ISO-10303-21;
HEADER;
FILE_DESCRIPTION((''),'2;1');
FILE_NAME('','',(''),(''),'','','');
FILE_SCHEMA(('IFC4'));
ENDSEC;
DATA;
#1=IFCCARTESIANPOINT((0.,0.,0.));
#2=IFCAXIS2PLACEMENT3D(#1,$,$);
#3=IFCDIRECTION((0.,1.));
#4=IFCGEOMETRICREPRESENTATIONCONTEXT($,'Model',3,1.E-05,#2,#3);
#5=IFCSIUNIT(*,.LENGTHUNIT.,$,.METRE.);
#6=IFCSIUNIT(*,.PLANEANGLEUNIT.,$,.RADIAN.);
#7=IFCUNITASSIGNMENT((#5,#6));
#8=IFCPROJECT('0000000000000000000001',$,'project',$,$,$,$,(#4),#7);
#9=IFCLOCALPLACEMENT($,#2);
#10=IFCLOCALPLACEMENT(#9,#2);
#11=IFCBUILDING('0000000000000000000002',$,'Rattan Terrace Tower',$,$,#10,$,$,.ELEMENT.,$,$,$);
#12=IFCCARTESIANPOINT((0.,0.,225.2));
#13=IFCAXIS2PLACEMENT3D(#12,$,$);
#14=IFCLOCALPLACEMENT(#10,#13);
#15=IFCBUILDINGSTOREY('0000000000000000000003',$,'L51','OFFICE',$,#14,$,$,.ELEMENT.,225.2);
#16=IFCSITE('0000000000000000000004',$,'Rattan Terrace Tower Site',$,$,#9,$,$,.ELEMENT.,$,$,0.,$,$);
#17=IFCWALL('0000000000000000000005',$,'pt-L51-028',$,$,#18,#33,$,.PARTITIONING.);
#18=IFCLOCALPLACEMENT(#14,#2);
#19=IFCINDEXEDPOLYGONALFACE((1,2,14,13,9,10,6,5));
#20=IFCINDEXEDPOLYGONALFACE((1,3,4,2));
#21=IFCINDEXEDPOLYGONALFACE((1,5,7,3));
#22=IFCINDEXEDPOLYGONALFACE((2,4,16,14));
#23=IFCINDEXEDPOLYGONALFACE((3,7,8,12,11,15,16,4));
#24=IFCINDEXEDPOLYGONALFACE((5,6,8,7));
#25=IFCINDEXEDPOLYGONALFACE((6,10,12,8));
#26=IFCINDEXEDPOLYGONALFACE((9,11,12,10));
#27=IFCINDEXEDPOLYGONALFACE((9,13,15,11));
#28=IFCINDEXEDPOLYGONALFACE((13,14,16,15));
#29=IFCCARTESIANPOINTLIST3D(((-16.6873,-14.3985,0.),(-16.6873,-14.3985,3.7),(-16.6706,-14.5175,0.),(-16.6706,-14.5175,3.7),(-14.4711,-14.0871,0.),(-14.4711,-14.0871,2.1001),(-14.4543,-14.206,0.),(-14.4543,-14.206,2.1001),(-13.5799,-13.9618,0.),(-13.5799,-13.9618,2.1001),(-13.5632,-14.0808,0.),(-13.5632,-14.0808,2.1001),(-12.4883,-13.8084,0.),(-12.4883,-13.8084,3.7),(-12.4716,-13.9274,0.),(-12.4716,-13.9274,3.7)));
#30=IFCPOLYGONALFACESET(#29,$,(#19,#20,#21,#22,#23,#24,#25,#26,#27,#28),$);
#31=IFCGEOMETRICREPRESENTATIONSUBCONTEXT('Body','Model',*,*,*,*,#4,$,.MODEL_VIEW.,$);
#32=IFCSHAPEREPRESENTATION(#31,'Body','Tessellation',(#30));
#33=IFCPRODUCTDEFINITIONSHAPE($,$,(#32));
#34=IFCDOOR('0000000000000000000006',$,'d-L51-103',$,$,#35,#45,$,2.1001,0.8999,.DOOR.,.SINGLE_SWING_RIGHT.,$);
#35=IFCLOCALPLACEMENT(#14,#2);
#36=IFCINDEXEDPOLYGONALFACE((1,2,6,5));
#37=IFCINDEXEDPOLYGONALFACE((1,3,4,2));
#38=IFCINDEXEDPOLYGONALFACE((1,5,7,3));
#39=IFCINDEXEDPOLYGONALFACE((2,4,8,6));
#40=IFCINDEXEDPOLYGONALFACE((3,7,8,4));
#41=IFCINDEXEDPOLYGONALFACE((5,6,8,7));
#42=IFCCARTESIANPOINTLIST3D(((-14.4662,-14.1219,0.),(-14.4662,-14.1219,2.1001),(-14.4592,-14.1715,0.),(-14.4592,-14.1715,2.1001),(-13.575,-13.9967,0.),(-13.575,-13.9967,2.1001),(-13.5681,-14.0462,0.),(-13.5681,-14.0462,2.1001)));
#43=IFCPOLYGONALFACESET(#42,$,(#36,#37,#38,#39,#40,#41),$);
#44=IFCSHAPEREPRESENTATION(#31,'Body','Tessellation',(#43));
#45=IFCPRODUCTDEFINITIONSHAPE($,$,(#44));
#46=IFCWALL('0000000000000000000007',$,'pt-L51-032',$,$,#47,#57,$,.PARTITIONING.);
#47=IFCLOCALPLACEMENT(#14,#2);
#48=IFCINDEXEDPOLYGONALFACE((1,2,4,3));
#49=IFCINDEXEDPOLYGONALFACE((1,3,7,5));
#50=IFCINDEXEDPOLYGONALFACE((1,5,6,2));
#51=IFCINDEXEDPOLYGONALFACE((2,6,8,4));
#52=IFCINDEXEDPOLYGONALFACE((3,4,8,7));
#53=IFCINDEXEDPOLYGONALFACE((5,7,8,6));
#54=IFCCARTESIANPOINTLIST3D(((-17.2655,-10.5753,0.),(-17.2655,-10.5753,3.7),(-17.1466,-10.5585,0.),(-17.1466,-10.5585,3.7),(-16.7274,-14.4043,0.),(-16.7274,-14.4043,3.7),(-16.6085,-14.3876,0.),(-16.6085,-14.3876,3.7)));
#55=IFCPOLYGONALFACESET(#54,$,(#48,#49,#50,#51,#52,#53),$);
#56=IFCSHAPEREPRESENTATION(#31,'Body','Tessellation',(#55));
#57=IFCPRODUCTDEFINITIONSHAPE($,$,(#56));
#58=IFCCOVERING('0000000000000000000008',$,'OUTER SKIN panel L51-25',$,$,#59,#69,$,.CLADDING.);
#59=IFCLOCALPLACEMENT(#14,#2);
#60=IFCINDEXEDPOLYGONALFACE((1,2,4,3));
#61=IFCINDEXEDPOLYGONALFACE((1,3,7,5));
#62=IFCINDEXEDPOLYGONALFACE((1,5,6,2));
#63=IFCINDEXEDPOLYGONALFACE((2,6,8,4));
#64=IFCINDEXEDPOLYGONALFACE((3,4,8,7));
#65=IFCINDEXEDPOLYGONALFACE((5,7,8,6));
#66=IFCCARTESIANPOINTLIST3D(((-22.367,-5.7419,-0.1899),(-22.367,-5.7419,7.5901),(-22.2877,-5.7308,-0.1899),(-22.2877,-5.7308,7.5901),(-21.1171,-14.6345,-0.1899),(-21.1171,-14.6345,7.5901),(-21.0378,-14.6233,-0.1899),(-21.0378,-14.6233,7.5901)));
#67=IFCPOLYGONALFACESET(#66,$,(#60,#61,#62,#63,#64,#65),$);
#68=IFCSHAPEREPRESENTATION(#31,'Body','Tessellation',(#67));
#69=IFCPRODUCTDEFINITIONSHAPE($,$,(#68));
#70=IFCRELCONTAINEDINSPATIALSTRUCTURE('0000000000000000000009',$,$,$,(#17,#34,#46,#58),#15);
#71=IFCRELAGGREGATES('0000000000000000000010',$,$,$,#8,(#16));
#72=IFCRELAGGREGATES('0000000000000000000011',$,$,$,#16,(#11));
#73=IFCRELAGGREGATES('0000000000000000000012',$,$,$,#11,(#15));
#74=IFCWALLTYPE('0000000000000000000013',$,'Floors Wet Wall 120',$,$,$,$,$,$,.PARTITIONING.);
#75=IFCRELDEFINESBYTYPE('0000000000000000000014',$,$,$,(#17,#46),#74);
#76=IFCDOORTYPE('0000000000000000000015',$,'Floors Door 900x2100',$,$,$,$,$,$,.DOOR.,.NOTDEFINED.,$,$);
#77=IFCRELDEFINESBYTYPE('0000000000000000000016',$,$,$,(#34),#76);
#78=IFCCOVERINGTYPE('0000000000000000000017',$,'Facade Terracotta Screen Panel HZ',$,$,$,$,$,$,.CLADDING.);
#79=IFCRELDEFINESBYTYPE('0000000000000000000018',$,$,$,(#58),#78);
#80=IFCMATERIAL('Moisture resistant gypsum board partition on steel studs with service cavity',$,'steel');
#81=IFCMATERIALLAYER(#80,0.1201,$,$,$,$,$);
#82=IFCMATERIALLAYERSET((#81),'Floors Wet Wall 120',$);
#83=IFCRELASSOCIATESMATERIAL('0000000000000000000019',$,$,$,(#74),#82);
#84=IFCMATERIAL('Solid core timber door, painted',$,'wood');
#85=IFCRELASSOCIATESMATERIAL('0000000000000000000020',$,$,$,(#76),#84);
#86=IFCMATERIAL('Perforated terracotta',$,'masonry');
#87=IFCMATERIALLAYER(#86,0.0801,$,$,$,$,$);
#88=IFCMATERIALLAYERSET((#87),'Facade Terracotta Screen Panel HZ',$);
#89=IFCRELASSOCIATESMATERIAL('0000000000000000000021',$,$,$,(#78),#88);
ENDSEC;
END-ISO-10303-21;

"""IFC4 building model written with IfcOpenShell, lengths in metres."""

from ifc_helpers import new_model, si_unit, direction, frame, frame_2d, origin, origin_2d, place, context, subcontext, project, spatial, rectangle, extrude, material, layer, layer_set, type_object, element, fill, save


model = new_model("IFC4")

# Units and contexts
model_context = context("Model", 3, precision=1e-05, world=origin(), true_north=direction((0.0, 1.0)))
body_context = subcontext(model_context, "Body", "Model", "MODEL_VIEW")
ifc_project = project(units=[si_unit("LENGTHUNIT", "METRE"), si_unit("PLANEANGLEUNIT", "RADIAN")], contexts=[model_context])

# Site, building, storey
site_placement = place(None, origin())
site = spatial("IfcSite", under=ifc_project, at=site_placement, Name="Rattan Terrace Tower Site", CompositionType="ELEMENT", RefElevation=0.0)
building_placement = place(site_placement, origin())
building = spatial("IfcBuilding", under=site, at=building_placement, Name="Rattan Terrace Tower", CompositionType="ELEMENT")
storey_placement = place(building_placement, frame((0.0, 0.0, 225.2)))
storey = spatial("IfcBuildingStorey", under=building, at=storey_placement, Name="L51", Description="OFFICE", CompositionType="ELEMENT", Elevation=225.2)

# Wall, opening, door
ifc_material_1 = material(Name="Moisture resistant gypsum board partition on steel studs with service cavity", Category="steel")
ifc_layer_1 = layer(ifc_material_1, 0.1201)
ifc_layer_set_1 = layer_set([ifc_layer_1], Name="Floors Wet Wall 120")
wall_type_1 = type_object("IfcWallType", Name="Floors Wet Wall 120", PredefinedType="PARTITIONING", material=ifc_layer_set_1)
wall_1_placement = place(storey_placement, frame((-16.679, -14.458, 0.0), z_axis=(0.0, 0.0, 1.0), x_axis=(0.990269, 0.139164, 0.0)))
wall_1 = element("IfcWall", 1, at=wall_1_placement, inside=storey, type_object=wall_type_1, Name="pt-L51-028", PredefinedType="PARTITIONING", context=body_context, shape_type="SweptSolid", body=[
    extrude(rectangle(XDim=4.2402, YDim=0.1201, at=frame_2d((2.1201, 0.0))), origin(), (0.0, 0.0, 1.0), 3.7),
])
opening_1_placement = place(wall_1_placement, frame((2.238, 0.0, 0.0)))
opening_1 = element("IfcOpeningElement", 2, at=opening_1_placement, cuts=wall_1, PredefinedType="OPENING", context=body_context, shape_type="SweptSolid", body=[
    extrude(rectangle(XDim=0.8999, YDim=2.1001, at=frame_2d((0.45, 1.05))), frame((0.0, 0.0706, 0.0), z_axis=(0.0, -1.0, 0.0), x_axis=(1.0, 0.0, 0.0)), (0.0, 0.0, 1.0), 0.1411),
])
ifc_material_2 = material(Name="Solid core timber door, painted", Category="wood")
door_type_1 = type_object("IfcDoorType", Name="Floors Door 900x2100", OperationType="NOTDEFINED", PredefinedType="DOOR", material=ifc_material_2)
door_1_placement = place(opening_1_placement, origin())
door_1 = element("IfcDoor", 3, at=door_1_placement, inside=storey, type_object=door_type_1, Name="d-L51-103", OperationType="SINGLE_SWING_RIGHT", OverallHeight=2.1001, OverallWidth=0.8999, PredefinedType="DOOR", context=body_context, shape_type="SweptSolid", body=[
    extrude(rectangle(XDim=0.8999, YDim=2.1001, at=frame_2d((0.45, 1.05))), frame((0.0, 0.0249, 0.0), z_axis=(0.0, -1.0, 0.0), x_axis=(1.0, 0.0, 0.0)), (0.0, 0.0, 1.0), 0.05),
])
fill(opening_1, door_1)

# Wall
wall_2_placement = place(storey_placement, frame((-17.2061, -10.5669, 0.0), z_axis=(0.0, 0.0, 1.0), x_axis=(0.139158, -0.99027, 0.0)))
element("IfcWall", 4, at=wall_2_placement, inside=storey, type_object=wall_type_1, Name="pt-L51-032", PredefinedType="PARTITIONING", context=body_context, shape_type="SweptSolid", body=[
    extrude(rectangle(XDim=3.8667, YDim=0.1201, at=frame_2d((1.9333, 0.0))), origin(), (0.0, 0.0, 1.0), 3.7),
])

# Covering
ifc_material_3 = material(Name="Perforated terracotta", Category="masonry")
ifc_layer_2 = layer(ifc_material_3, 0.0801)
ifc_layer_set_2 = layer_set([ifc_layer_2], Name="Facade Terracotta Screen Panel HZ")
covering_type = type_object("IfcCoveringType", Name="Facade Terracotta Screen Panel HZ", PredefinedType="CLADDING", material=ifc_layer_set_2)
covering_placement = place(storey_placement, frame((-21.7024, -10.1826, -0.1899), z_axis=(0.0, 0.0, 1.0), x_axis=(0.139186, -0.990266, 0.0)))
element("IfcCovering", 5, at=covering_placement, inside=storey, type_object=covering_type, Name="OUTER SKIN panel L51-25", PredefinedType="CLADDING", context=body_context, shape_type="SweptSolid", body=[
    extrude(rectangle(XDim=8.98, YDim=0.0801, at=origin_2d()), origin(), (0.0, 0.0, 1.0), 7.78),
])

save(model, "model.ifc")
